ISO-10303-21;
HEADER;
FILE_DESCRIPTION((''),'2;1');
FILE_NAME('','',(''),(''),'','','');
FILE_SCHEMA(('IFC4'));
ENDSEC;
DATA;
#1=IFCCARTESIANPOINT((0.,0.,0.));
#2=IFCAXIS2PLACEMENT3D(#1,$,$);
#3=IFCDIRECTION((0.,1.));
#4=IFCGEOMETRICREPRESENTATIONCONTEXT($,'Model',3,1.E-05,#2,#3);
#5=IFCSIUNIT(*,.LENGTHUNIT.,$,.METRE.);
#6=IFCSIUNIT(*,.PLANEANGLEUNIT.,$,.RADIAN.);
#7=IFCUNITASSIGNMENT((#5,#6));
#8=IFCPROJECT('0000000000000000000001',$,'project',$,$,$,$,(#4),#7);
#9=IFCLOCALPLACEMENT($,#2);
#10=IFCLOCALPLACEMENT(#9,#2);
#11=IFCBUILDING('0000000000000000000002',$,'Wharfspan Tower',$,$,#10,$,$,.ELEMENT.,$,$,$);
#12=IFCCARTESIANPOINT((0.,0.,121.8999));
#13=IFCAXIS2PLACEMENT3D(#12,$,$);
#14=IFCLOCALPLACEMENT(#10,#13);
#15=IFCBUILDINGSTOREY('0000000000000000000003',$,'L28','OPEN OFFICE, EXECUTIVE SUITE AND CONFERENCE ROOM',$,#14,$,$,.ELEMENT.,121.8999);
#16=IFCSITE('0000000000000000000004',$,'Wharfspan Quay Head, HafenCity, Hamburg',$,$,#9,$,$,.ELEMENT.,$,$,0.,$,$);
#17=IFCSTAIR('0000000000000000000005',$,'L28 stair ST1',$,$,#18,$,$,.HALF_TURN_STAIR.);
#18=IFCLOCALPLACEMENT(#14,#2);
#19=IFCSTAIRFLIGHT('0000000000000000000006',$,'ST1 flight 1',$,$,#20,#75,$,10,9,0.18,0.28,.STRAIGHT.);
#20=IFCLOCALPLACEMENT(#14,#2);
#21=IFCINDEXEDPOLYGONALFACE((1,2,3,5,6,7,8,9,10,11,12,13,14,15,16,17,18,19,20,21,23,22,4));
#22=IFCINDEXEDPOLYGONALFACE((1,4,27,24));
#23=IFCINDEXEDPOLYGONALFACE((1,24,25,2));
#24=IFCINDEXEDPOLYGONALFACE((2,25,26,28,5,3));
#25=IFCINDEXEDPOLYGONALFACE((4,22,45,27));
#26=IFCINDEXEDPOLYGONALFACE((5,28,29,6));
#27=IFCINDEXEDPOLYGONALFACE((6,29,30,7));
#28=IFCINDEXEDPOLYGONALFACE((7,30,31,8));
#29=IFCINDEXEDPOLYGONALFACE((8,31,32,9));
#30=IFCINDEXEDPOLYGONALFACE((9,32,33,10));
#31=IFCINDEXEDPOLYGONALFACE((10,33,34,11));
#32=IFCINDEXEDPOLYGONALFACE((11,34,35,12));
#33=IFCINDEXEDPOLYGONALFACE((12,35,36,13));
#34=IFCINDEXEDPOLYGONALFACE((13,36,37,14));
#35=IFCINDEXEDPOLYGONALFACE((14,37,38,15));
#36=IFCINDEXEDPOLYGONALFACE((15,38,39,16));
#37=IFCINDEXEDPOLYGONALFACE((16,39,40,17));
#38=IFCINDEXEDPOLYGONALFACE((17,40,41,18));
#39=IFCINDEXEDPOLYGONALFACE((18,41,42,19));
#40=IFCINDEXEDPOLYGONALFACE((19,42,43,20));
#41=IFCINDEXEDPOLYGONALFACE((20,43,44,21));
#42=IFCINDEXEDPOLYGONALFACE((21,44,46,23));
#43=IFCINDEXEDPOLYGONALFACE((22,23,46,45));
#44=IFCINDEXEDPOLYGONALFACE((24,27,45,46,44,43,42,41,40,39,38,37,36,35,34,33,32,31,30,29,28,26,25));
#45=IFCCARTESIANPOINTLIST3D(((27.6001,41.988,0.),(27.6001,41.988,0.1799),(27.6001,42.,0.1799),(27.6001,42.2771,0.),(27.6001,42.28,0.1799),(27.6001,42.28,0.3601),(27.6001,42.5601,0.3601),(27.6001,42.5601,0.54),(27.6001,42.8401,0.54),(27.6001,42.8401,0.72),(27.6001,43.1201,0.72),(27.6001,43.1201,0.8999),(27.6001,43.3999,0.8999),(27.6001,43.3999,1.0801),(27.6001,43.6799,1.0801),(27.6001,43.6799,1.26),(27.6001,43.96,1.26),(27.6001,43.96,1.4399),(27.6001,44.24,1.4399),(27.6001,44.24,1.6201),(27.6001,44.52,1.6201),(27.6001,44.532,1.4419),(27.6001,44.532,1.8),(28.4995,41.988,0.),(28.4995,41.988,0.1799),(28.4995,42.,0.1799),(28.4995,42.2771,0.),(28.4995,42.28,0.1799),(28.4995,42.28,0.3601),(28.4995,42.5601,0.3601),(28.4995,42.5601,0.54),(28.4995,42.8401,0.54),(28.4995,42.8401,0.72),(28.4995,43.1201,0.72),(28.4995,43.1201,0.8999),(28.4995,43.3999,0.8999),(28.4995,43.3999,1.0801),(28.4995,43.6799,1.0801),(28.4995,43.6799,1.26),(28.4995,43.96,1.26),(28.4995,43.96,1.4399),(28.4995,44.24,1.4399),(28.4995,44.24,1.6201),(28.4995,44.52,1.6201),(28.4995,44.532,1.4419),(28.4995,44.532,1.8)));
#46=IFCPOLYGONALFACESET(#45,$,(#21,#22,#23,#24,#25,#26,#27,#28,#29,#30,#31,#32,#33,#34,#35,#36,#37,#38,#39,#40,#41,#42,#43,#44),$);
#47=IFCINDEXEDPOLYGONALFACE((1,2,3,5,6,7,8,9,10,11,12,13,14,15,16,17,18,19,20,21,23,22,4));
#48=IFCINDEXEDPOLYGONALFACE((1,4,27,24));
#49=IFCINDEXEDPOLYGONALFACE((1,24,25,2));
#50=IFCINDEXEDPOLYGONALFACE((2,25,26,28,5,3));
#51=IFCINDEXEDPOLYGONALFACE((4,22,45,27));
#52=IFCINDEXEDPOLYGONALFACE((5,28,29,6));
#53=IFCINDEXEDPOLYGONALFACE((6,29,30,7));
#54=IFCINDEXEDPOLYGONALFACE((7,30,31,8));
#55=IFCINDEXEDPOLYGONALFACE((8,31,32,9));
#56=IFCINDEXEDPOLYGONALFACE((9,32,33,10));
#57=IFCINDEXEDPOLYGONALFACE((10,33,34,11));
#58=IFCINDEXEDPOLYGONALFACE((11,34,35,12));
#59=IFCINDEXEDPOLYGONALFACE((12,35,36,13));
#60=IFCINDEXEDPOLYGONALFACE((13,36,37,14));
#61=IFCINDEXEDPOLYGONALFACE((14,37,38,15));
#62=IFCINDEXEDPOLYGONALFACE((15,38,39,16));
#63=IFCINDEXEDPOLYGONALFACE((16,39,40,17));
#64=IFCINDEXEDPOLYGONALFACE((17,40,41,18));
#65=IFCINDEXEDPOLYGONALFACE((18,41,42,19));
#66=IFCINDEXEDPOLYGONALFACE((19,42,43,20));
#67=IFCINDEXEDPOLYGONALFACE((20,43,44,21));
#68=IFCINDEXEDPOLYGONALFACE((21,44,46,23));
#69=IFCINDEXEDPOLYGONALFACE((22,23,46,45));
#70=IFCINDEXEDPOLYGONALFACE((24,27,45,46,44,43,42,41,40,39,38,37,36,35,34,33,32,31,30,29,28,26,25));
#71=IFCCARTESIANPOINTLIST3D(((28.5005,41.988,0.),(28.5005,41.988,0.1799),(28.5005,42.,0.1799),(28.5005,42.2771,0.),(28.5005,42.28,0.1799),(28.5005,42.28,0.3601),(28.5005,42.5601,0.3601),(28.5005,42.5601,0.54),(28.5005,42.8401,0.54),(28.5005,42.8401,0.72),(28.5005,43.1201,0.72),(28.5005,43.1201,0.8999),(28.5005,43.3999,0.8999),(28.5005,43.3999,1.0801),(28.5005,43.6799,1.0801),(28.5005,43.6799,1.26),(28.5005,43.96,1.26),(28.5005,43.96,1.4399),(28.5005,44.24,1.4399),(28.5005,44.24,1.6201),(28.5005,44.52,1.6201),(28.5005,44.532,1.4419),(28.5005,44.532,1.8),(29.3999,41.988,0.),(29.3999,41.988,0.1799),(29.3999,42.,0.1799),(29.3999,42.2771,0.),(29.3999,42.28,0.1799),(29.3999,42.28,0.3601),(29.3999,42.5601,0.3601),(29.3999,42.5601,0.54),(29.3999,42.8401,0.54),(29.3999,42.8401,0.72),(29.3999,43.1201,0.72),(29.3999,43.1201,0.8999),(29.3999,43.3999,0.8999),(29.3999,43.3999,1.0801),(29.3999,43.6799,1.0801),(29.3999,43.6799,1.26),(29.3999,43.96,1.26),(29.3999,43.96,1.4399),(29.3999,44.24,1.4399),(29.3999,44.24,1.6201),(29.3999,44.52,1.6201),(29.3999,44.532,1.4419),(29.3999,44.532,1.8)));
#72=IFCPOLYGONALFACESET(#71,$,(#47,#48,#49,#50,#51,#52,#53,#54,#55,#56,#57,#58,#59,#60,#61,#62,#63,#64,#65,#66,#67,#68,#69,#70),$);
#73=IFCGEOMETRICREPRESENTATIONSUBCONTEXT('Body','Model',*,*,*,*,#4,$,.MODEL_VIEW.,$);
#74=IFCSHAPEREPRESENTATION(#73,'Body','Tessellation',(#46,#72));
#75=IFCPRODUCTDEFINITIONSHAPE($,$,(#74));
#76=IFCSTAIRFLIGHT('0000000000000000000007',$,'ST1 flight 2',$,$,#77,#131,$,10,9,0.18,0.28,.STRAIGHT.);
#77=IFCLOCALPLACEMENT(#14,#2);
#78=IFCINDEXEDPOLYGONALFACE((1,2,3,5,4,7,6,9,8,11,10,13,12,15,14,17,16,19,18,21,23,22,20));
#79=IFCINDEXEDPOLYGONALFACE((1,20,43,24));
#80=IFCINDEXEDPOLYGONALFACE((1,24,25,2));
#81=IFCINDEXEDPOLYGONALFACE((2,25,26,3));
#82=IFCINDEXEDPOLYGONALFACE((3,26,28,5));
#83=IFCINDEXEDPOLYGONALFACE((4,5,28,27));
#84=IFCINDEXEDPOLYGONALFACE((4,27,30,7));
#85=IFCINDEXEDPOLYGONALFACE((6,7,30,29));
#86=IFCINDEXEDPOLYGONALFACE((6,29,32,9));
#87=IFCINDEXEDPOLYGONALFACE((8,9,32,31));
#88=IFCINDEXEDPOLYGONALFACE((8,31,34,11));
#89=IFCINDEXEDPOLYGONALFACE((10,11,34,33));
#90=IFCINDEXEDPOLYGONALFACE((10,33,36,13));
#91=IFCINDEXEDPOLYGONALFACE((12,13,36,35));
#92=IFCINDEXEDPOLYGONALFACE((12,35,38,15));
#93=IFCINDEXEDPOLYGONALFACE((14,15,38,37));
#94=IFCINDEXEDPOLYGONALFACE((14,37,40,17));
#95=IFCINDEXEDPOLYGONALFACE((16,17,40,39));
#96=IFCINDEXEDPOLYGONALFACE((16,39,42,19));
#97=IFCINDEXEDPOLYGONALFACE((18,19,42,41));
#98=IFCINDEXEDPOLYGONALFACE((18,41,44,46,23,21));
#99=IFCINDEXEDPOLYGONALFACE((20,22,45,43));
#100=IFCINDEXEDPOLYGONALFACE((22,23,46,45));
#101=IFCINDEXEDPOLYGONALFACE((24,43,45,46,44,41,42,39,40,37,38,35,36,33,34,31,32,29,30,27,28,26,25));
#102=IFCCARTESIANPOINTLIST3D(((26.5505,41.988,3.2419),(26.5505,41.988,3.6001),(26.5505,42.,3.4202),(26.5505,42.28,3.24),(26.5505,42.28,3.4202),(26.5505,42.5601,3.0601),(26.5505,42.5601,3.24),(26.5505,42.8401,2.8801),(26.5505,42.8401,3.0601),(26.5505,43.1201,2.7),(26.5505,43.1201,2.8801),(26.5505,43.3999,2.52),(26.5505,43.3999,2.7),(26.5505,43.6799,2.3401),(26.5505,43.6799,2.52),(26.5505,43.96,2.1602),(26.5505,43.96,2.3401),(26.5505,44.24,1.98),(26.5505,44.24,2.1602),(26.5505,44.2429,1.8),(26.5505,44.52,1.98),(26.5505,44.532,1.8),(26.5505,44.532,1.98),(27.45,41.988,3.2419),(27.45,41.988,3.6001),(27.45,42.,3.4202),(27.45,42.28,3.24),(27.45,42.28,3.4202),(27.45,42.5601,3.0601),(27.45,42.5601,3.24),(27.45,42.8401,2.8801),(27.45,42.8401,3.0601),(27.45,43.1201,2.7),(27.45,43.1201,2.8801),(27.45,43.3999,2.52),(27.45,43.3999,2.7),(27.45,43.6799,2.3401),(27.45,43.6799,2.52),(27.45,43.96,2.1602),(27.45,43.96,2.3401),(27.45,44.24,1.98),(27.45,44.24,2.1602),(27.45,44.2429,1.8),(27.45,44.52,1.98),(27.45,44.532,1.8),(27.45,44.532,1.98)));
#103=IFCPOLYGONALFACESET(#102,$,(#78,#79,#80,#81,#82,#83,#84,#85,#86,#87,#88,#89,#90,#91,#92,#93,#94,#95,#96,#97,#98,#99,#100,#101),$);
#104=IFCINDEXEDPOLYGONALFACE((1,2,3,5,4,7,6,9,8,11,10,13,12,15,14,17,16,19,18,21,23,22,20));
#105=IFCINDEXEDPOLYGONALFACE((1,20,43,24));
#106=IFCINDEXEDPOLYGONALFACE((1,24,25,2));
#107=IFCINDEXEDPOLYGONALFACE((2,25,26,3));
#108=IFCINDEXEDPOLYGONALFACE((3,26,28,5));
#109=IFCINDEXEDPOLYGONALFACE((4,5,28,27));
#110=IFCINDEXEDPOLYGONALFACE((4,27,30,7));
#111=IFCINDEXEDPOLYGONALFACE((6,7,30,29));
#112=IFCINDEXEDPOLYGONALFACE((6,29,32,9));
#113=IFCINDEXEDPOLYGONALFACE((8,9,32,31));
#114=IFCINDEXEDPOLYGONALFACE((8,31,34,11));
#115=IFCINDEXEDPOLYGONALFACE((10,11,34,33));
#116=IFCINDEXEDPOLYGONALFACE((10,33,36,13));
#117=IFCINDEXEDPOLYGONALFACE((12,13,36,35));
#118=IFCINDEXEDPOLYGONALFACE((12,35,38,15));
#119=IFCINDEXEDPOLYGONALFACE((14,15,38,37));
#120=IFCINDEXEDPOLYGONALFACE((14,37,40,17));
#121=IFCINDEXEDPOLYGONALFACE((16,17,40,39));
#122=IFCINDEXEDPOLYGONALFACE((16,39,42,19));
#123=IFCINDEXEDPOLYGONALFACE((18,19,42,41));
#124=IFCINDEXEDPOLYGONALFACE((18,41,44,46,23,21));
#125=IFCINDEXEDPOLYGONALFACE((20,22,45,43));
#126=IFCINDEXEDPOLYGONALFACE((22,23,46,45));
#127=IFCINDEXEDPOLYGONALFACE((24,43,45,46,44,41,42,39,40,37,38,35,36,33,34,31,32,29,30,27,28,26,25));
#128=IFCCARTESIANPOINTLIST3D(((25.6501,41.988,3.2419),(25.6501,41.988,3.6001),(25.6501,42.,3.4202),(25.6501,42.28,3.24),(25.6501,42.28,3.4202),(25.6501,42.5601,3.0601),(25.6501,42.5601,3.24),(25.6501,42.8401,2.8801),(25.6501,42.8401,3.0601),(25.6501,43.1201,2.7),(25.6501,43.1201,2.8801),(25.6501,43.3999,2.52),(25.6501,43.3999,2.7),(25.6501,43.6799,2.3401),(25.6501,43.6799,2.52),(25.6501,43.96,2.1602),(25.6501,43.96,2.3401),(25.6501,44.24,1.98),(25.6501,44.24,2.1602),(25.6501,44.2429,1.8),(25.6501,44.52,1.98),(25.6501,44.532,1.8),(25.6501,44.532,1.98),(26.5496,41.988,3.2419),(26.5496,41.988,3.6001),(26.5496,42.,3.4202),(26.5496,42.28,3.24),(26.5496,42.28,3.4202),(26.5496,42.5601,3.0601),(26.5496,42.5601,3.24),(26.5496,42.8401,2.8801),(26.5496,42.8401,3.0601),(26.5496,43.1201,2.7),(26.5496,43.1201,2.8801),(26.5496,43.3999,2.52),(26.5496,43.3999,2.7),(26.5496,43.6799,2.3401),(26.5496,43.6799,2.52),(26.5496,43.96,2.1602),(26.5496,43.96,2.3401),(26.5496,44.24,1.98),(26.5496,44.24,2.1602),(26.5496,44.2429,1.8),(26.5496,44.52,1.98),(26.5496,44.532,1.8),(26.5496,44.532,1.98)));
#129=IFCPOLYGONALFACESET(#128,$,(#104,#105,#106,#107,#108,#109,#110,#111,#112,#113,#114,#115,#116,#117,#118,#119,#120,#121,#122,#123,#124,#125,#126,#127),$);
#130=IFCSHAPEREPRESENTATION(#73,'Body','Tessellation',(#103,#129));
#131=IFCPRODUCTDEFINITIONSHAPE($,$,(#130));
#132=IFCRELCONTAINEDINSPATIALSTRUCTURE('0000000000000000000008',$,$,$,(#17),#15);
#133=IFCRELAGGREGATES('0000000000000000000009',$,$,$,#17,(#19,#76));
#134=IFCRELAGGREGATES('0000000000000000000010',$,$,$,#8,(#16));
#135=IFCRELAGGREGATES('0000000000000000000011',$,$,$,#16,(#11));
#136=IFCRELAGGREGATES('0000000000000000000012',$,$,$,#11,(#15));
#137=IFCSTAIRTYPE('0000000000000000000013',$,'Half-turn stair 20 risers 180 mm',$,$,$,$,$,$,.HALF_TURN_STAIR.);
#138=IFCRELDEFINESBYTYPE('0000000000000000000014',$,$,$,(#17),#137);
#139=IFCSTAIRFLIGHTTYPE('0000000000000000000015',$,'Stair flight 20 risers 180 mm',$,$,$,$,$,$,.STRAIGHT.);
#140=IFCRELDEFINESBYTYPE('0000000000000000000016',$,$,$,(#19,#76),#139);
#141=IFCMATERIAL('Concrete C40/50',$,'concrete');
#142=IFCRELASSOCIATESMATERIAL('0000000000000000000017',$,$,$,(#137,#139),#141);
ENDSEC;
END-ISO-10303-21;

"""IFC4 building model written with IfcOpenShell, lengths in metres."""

from ifc_helpers import new_model, si_unit, direction, frame, origin, place, context, subcontext, project, spatial, polyline, outline, extrude, material, type_object, element, aggregate, save


model = new_model("IFC4")

# Units and contexts
model_context = context("Model", 3, precision=1e-05, world=origin(), true_north=direction((0.0, 1.0)))
body_context = subcontext(model_context, "Body", "Model", "MODEL_VIEW")
ifc_project = project(units=[si_unit("LENGTHUNIT", "METRE"), si_unit("PLANEANGLEUNIT", "RADIAN")], contexts=[model_context])

# Site, building, storey
site_placement = place(None, origin())
site = spatial("IfcSite", under=ifc_project, at=site_placement, Name="Wharfspan Quay Head, HafenCity, Hamburg", CompositionType="ELEMENT", RefElevation=0.0)
building_placement = place(site_placement, origin())
building = spatial("IfcBuilding", under=site, at=building_placement, Name="Wharfspan Tower", CompositionType="ELEMENT")
storey_placement = place(building_placement, frame((0.0, 0.0, 121.8999)))
storey = spatial("IfcBuildingStorey", under=building, at=storey_placement, Name="L28", Description="OPEN OFFICE, EXECUTIVE SUITE AND CONFERENCE ROOM", CompositionType="ELEMENT", Elevation=121.8999)

# Shared definitions
ifc_material_1 = material(Name="Concrete C40/50", Category="concrete")

# Stair, stair flights
stair_type = type_object("IfcStairType", Name="Half-turn stair 20 risers 180 mm", PredefinedType="HALF_TURN_STAIR", material=ifc_material_1)
stair_placement = place(storey_placement, origin())
stair = element("IfcStair", 1, at=stair_placement, inside=storey, type_object=stair_type, Name="L28 stair ST1", PredefinedType="HALF_TURN_STAIR")
stair_flight_type = type_object("IfcStairFlightType", Name="Stair flight 20 risers 180 mm", PredefinedType="STRAIGHT", material=ifc_material_1)
stair_flight_1_placement = place(storey_placement, frame((28.5, 42.0, 0.0), z_axis=(0.0, 0.0, 1.0), x_axis=(0.0, 1.0, 0.0)))
stair_flight_1 = element("IfcStairFlight", 2, at=stair_flight_1_placement, type_object=stair_flight_type, Name="ST1 flight 1", NumberOfRisers=10, NumberOfTreads=9, PredefinedType="STRAIGHT", RiserHeight=0.18, TreadLength=0.28, context=body_context, shape_type="SweptSolid", body=[
    extrude(outline(polyline([(-0.012, 0.0), (-0.012, 0.1799), (0.0, 0.1799), (0.28, 0.1799), (0.28, 0.3601), (0.5601, 0.3601), (0.5601, 0.54), (0.8401, 0.54), (0.8401, 0.72), (1.1201, 0.72), (1.1201, 0.8999), (1.3999, 0.8999), (1.3999, 1.0801), (1.6799, 1.0801), (1.6799, 1.26), (1.96, 1.26), (1.96, 1.4399), (2.24, 1.4399), (2.24, 1.6201), (2.52, 1.6201), (2.532, 1.8), (2.532, 1.4419), (0.2771, 0.0), (-0.012, 0.0)])), frame((0.0, 0.8999, 0.0), z_axis=(0.0, -1.0, 0.0), x_axis=(1.0, 0.0, 0.0)), (0.0, 0.0, 1.0), 0.8994),
    extrude(outline(polyline([(-0.012, 0.0), (-0.012, 0.1799), (0.0, 0.1799), (0.28, 0.1799), (0.28, 0.3601), (0.5601, 0.3601), (0.5601, 0.54), (0.8401, 0.54), (0.8401, 0.72), (1.1201, 0.72), (1.1201, 0.8999), (1.3999, 0.8999), (1.3999, 1.0801), (1.6799, 1.0801), (1.6799, 1.26), (1.96, 1.26), (1.96, 1.4399), (2.24, 1.4399), (2.24, 1.6201), (2.52, 1.6201), (2.532, 1.8), (2.532, 1.4419), (0.2771, 0.0), (-0.012, 0.0)])), frame((0.0, -0.0005, 0.0), z_axis=(0.0, -1.0, 0.0), x_axis=(1.0, 0.0, 0.0)), (0.0, 0.0, 1.0), 0.8994),
])
stair_flight_2_placement = place(storey_placement, frame((26.55, 44.52, 1.8), z_axis=(0.0, 0.0, 1.0), x_axis=(0.0, -1.0, 0.0)))
stair_flight_2 = element("IfcStairFlight", 3, at=stair_flight_2_placement, type_object=stair_flight_type, Name="ST1 flight 2", NumberOfRisers=10, NumberOfTreads=9, PredefinedType="STRAIGHT", RiserHeight=0.18, TreadLength=0.28, context=body_context, shape_type="SweptSolid", body=[
    extrude(outline(polyline([(-0.012, 0.0), (-0.012, 0.1799), (0.0, 0.1799), (0.28, 0.1799), (0.28, 0.3601), (0.5601, 0.3601), (0.5601, 0.54), (0.8401, 0.54), (0.8401, 0.72), (1.1201, 0.72), (1.1201, 0.8999), (1.3999, 0.8999), (1.3999, 1.0801), (1.6799, 1.0801), (1.6799, 1.26), (1.96, 1.26), (1.96, 1.4399), (2.24, 1.4399), (2.24, 1.6201), (2.52, 1.6201), (2.532, 1.8), (2.532, 1.4419), (0.2771, 0.0), (-0.012, 0.0)])), frame((0.0, 0.8999, 0.0), z_axis=(0.0, -1.0, 0.0), x_axis=(1.0, 0.0, 0.0)), (0.0, 0.0, 1.0), 0.8994),
    extrude(outline(polyline([(-0.012, 0.0), (-0.012, 0.1799), (0.0, 0.1799), (0.28, 0.1799), (0.28, 0.3601), (0.5601, 0.3601), (0.5601, 0.54), (0.8401, 0.54), (0.8401, 0.72), (1.1201, 0.72), (1.1201, 0.8999), (1.3999, 0.8999), (1.3999, 1.0801), (1.6799, 1.0801), (1.6799, 1.26), (1.96, 1.26), (1.96, 1.4399), (2.24, 1.4399), (2.24, 1.6201), (2.52, 1.6201), (2.532, 1.8), (2.532, 1.4419), (0.2771, 0.0), (-0.012, 0.0)])), frame((0.0, -0.0005, 0.0), z_axis=(0.0, -1.0, 0.0), x_axis=(1.0, 0.0, 0.0)), (0.0, 0.0, 1.0), 0.8994),
])
aggregate(stair, [stair_flight_1, stair_flight_2])

save(model, "model.ifc")
